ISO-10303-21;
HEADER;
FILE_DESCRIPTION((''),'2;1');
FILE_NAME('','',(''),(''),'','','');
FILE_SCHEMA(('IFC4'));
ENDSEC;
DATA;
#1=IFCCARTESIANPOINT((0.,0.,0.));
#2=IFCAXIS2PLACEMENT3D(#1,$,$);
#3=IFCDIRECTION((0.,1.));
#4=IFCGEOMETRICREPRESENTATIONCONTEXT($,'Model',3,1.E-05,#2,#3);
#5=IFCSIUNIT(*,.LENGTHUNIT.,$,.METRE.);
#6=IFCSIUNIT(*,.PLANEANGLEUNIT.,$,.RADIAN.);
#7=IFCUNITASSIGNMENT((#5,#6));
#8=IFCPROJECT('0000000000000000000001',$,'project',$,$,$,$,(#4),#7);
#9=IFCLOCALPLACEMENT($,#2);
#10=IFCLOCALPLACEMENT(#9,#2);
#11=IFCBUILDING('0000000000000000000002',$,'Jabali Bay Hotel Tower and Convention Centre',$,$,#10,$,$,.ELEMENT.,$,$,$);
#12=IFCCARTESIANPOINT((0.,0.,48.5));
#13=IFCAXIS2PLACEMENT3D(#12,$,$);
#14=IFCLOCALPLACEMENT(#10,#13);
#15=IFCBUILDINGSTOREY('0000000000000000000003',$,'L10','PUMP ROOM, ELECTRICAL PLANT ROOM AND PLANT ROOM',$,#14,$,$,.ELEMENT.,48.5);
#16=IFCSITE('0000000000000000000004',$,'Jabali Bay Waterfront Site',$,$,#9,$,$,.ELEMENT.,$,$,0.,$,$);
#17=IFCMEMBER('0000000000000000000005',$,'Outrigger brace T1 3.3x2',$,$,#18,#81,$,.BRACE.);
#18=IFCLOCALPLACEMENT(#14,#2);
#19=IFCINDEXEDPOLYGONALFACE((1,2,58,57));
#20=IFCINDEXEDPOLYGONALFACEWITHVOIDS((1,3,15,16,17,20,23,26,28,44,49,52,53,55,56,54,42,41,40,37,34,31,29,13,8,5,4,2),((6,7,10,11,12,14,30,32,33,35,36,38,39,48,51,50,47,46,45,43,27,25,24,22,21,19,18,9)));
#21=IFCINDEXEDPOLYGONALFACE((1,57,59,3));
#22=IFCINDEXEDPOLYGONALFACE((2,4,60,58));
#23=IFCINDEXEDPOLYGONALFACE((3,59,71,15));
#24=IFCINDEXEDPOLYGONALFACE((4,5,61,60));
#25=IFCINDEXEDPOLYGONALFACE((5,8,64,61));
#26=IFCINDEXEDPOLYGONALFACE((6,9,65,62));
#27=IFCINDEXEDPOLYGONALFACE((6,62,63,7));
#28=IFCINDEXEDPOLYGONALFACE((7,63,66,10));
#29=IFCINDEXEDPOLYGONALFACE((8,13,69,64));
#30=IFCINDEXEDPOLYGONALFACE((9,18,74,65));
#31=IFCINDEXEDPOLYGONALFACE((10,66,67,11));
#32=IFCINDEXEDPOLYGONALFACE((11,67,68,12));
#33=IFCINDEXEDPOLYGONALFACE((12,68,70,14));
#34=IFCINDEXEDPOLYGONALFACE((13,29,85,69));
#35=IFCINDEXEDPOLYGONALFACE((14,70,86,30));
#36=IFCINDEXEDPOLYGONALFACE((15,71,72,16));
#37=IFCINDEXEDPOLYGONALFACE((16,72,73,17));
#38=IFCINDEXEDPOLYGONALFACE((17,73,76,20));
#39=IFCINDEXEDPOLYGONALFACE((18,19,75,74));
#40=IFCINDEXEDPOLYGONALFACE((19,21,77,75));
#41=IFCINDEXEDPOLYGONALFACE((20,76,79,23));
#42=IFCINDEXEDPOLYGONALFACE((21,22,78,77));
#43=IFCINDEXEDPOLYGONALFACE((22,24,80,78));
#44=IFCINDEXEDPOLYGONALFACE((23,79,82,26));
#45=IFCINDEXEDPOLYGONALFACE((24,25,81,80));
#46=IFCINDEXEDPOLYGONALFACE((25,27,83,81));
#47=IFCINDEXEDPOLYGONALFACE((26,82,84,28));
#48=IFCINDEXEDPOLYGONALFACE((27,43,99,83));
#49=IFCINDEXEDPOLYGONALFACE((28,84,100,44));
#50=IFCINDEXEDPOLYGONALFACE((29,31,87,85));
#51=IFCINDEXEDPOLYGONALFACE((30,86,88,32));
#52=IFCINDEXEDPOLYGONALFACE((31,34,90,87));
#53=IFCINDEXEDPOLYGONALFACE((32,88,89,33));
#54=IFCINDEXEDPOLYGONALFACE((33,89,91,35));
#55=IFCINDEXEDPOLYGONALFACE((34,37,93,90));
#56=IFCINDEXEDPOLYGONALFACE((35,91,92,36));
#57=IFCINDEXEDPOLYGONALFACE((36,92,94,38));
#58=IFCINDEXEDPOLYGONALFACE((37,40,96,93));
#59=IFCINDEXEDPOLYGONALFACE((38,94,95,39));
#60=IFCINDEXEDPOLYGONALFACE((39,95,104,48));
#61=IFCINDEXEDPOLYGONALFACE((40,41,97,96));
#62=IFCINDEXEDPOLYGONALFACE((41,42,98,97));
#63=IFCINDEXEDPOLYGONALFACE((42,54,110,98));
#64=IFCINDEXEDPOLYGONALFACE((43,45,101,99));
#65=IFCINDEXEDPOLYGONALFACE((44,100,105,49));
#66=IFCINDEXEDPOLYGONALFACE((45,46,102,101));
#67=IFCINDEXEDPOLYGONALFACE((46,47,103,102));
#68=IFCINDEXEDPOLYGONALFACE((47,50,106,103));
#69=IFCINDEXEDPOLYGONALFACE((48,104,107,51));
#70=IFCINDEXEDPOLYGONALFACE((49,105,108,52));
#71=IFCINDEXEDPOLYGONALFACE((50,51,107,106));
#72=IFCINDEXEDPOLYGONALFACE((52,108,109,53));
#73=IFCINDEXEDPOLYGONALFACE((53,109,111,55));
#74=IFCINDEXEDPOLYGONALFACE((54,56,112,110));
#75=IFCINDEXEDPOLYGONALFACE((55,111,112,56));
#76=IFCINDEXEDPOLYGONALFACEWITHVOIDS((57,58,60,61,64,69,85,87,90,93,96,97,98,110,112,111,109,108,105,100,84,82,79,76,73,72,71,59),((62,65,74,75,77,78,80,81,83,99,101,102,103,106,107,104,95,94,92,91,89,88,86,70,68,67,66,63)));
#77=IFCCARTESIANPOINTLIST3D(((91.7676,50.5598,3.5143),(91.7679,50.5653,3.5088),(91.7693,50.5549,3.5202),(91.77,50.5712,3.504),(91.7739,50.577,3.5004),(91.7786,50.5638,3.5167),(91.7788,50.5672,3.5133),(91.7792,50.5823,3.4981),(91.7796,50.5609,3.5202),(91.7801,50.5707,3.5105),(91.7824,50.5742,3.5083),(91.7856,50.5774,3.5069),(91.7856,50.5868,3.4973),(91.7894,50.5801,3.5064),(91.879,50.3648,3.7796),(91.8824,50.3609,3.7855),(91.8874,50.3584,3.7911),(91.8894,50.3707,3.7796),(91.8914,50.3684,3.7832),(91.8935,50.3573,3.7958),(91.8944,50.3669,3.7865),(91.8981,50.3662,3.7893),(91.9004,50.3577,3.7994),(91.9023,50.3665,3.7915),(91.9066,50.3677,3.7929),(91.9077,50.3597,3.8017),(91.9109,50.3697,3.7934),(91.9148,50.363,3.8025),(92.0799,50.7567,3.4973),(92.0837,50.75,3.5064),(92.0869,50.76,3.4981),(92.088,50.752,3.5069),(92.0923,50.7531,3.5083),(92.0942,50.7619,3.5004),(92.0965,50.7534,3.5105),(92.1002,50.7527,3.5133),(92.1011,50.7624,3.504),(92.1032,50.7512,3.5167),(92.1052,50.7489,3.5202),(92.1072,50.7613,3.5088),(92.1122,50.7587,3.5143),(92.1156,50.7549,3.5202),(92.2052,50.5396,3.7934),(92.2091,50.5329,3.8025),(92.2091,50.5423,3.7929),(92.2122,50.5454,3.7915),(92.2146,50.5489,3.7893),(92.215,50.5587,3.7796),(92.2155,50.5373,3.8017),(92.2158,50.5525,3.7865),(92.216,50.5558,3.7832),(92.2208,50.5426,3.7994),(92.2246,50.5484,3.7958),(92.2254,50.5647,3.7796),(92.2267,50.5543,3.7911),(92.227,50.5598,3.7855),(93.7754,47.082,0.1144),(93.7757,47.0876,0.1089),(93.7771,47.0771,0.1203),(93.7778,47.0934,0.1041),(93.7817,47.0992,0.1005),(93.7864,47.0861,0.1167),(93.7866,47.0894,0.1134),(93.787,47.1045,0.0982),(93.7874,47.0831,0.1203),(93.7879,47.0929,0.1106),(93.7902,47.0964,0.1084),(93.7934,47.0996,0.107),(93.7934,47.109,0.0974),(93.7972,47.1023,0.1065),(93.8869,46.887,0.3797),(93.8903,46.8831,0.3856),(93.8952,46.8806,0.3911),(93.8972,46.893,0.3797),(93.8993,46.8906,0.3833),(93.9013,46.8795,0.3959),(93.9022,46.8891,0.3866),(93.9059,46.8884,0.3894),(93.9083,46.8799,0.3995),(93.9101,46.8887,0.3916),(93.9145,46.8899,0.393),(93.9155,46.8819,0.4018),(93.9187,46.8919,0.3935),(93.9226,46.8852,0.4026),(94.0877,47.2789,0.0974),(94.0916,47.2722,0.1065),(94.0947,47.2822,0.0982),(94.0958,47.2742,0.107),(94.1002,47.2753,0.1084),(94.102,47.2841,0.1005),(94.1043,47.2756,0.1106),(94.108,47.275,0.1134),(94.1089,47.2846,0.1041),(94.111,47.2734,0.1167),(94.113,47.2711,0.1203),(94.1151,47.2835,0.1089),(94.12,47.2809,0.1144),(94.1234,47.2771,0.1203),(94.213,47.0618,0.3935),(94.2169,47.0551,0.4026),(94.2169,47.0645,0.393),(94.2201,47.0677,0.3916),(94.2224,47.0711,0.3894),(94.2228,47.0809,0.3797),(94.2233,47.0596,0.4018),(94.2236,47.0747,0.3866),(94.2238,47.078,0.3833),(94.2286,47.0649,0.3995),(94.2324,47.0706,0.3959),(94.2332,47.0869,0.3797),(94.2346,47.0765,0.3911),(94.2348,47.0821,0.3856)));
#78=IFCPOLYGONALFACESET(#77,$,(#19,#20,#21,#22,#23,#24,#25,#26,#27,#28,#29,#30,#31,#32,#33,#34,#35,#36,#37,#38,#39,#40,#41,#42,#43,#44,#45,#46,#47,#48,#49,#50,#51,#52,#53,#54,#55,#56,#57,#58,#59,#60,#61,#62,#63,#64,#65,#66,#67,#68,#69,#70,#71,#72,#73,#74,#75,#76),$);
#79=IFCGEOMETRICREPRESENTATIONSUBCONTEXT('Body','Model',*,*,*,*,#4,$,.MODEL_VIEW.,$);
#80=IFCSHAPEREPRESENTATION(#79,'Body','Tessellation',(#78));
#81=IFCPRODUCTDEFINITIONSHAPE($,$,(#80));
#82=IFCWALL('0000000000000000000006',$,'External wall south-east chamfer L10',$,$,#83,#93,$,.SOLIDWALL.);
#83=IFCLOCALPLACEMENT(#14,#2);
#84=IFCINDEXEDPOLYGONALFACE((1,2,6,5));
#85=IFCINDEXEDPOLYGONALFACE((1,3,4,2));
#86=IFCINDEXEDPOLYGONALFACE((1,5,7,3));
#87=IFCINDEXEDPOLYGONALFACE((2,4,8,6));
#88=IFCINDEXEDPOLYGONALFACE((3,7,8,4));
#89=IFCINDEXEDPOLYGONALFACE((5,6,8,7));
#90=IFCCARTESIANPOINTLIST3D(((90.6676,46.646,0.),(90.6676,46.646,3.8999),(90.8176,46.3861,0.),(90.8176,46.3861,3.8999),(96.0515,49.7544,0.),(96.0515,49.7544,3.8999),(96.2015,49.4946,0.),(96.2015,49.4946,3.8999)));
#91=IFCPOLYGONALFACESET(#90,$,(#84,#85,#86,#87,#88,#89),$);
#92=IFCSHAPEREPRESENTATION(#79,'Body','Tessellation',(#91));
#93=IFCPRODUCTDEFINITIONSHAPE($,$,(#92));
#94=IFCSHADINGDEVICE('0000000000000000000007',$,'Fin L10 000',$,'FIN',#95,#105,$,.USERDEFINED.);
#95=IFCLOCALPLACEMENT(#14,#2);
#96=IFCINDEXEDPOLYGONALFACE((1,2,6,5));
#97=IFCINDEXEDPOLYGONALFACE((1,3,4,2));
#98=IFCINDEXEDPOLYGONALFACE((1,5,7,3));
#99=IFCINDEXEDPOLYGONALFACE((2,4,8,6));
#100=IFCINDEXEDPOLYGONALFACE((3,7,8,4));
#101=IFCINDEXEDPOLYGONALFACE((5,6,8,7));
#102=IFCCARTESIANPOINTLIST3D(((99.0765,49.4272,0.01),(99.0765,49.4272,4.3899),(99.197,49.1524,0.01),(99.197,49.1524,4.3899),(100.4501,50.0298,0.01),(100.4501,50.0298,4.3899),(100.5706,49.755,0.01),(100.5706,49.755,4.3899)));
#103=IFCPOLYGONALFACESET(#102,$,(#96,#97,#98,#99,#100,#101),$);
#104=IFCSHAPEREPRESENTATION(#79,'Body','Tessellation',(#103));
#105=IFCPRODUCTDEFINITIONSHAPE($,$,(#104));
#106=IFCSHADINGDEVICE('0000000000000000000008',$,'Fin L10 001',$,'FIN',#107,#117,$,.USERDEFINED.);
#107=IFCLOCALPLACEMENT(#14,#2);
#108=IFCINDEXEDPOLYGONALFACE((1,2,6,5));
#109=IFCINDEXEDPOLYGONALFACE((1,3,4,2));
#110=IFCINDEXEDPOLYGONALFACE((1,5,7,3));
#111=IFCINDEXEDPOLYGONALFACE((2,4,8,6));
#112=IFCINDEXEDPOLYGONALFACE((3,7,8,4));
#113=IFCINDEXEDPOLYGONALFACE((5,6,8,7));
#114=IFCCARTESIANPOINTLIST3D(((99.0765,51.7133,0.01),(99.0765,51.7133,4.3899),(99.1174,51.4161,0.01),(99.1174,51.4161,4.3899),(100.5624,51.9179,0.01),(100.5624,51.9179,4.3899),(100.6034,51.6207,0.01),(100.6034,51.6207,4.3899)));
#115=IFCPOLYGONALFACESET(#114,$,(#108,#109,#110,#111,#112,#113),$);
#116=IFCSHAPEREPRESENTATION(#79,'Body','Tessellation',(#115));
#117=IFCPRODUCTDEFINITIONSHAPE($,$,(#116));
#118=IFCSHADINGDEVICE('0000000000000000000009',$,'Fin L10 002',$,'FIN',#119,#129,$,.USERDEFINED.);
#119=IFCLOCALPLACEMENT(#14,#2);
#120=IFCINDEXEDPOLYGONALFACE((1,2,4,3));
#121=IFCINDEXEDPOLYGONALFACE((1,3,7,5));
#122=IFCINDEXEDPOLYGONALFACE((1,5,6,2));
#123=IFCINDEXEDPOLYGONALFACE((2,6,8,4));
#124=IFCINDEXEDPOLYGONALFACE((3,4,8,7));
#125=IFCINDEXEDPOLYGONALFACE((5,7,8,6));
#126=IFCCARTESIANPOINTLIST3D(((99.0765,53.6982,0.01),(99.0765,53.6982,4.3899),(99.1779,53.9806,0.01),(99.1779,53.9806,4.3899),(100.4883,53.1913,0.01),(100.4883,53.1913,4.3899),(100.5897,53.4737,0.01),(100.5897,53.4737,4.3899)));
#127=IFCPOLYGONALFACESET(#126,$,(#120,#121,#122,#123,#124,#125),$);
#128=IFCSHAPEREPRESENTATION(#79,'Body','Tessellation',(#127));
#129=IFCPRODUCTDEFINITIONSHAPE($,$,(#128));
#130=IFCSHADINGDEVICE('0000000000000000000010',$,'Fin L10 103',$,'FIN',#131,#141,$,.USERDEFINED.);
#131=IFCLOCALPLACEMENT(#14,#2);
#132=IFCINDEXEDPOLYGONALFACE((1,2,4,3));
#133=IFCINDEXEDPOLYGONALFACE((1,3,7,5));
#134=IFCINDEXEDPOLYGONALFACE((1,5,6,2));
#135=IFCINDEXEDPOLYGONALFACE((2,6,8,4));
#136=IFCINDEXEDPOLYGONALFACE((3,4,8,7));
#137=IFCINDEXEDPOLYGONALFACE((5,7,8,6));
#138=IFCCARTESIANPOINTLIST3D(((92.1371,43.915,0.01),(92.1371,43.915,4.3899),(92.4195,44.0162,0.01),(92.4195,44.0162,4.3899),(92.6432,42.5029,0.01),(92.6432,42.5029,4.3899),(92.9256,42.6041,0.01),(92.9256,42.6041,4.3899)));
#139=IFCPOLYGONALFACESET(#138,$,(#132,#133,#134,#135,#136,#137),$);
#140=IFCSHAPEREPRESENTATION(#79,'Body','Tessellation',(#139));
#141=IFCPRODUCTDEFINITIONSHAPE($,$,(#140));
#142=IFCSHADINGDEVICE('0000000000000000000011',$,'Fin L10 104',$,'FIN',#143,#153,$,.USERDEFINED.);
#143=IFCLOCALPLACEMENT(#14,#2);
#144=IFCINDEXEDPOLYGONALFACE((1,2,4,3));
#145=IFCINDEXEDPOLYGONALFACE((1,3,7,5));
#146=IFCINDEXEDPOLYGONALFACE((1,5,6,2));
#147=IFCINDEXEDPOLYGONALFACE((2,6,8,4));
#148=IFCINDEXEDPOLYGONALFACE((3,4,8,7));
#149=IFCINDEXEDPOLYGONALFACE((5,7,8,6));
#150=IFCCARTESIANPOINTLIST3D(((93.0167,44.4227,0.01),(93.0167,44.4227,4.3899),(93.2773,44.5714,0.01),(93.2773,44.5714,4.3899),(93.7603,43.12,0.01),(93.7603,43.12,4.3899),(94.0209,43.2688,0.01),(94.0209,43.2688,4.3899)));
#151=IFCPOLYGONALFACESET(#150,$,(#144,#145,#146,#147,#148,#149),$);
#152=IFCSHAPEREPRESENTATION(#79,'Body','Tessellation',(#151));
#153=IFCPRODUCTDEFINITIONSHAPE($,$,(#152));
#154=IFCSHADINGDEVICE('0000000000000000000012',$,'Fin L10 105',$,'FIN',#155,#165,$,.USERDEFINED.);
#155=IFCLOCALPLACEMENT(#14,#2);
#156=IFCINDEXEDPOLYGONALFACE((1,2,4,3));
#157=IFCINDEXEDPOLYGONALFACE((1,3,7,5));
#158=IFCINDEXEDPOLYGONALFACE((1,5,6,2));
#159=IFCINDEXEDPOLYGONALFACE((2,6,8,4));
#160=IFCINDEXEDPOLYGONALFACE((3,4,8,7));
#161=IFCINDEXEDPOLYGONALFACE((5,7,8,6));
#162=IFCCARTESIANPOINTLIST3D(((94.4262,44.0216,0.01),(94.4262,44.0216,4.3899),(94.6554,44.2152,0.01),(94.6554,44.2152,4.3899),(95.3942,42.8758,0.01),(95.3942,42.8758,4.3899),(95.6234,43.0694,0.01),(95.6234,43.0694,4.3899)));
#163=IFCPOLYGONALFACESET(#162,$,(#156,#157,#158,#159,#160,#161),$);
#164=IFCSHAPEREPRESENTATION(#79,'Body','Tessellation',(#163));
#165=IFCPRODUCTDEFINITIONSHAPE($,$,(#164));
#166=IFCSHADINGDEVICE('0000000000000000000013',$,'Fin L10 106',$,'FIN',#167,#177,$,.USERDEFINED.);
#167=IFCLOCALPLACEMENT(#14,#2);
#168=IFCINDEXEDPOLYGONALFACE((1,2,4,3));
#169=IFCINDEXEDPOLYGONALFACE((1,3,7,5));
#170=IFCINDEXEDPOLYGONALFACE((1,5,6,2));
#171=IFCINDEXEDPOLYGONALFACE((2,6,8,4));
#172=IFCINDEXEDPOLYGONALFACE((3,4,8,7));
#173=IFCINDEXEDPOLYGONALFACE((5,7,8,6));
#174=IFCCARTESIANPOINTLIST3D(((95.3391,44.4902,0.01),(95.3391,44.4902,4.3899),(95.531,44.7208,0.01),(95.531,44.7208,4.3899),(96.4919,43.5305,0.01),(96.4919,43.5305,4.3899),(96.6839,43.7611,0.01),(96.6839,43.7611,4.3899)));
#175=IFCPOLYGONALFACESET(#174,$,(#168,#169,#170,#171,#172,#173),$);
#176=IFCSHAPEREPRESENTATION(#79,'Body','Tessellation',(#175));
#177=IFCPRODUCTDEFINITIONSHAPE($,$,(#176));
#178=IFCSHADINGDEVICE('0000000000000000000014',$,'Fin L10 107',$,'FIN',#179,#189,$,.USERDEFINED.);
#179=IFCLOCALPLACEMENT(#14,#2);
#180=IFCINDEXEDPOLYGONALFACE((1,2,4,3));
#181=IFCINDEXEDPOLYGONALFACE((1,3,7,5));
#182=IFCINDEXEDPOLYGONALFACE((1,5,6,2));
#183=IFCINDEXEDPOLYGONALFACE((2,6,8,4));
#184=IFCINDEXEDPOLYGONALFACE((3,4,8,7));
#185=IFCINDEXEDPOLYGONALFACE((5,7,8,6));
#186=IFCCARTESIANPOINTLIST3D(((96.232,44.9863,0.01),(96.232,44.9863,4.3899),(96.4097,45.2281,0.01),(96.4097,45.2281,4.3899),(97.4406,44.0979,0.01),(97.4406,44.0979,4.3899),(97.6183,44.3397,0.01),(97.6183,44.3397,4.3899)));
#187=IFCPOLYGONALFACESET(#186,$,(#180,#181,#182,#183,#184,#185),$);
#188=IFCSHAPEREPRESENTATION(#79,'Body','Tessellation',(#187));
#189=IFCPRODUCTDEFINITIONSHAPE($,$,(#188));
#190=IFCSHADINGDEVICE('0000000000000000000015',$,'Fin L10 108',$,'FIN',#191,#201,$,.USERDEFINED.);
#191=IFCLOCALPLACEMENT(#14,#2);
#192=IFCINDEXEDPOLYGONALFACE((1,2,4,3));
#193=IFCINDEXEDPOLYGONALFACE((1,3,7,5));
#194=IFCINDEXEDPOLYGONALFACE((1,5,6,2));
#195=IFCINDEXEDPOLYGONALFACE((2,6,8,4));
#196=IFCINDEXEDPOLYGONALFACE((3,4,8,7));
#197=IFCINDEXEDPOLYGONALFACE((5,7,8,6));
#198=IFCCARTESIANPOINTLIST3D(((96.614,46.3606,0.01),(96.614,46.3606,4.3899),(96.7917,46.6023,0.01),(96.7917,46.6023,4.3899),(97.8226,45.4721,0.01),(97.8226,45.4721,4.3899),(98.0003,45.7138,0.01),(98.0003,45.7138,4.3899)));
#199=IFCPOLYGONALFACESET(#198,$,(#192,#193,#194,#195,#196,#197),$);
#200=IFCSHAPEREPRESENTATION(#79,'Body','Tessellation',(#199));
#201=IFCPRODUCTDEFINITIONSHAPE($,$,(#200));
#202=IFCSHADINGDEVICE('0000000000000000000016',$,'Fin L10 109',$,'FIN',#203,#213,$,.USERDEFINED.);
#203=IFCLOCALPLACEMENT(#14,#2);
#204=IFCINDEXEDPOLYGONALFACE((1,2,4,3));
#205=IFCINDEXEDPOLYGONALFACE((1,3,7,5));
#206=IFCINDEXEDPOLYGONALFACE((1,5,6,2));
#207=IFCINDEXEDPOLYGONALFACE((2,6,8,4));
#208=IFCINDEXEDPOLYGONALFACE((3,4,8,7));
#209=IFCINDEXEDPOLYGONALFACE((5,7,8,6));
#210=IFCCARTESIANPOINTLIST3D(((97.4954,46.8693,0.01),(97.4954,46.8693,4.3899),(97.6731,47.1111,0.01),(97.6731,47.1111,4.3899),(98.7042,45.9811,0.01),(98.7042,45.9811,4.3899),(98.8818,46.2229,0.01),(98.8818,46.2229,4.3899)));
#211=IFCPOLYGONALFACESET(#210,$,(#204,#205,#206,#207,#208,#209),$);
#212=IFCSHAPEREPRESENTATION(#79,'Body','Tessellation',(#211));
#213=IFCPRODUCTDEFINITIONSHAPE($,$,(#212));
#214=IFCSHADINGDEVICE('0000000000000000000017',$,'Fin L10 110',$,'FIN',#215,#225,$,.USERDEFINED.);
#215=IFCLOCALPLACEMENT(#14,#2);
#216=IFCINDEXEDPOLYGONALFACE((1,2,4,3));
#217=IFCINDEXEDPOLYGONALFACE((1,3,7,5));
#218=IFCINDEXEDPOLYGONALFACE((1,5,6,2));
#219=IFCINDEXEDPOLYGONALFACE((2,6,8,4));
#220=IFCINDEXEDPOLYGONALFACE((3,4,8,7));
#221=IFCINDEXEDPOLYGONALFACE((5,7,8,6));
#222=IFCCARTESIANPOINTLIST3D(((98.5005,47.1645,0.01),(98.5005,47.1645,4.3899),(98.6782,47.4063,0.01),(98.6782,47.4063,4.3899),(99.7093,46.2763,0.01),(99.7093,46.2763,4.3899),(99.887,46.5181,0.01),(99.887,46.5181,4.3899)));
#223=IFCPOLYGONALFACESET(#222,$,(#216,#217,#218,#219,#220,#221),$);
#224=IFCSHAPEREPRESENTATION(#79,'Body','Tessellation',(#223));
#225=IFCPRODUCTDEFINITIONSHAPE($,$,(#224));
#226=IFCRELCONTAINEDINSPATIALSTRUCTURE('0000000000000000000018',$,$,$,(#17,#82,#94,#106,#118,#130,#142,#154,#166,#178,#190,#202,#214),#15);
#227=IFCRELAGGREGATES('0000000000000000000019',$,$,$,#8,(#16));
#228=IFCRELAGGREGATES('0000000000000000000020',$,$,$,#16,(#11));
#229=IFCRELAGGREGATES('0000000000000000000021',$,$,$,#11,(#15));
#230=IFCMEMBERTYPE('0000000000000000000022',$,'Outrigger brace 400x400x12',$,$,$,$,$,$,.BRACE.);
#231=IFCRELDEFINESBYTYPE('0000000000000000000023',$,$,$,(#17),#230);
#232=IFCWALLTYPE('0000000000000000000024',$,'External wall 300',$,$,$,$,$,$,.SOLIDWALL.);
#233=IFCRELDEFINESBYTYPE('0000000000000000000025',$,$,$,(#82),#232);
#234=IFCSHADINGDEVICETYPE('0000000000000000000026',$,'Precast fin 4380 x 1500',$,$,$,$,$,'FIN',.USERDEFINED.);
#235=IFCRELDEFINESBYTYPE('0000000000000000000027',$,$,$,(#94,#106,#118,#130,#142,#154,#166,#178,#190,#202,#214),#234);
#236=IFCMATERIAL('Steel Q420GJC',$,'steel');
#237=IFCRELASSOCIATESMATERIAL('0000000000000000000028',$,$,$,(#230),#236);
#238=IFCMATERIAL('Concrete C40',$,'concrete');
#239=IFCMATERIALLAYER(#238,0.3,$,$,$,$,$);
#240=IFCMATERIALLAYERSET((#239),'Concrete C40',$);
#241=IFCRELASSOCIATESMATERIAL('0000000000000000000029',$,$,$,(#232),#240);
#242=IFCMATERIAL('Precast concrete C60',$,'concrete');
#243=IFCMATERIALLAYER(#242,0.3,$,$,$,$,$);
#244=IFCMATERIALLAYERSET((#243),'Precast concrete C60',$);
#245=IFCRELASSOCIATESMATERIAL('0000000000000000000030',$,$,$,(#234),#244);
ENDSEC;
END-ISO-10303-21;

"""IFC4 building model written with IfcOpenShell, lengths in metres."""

from ifc_helpers import new_model, si_unit, direction, frame, frame_2d, origin, origin_2d, place, context, subcontext, project, spatial, rectangle, hollow_rectangle, extrude, material, layer, layer_set, material_profile, profile_set, type_object, element, save


model = new_model("IFC4")

# Units and contexts
model_context = context("Model", 3, precision=1e-05, world=origin(), true_north=direction((0.0, 1.0)))
body_context = subcontext(model_context, "Body", "Model", "MODEL_VIEW")
ifc_project = project(units=[si_unit("LENGTHUNIT", "METRE"), si_unit("PLANEANGLEUNIT", "RADIAN")], contexts=[model_context])

# Site, building, storey
site_placement = place(None, origin())
site = spatial("IfcSite", under=ifc_project, at=site_placement, Name="Jabali Bay Waterfront Site", CompositionType="ELEMENT", RefElevation=0.0)
building_placement = place(site_placement, origin())
building = spatial("IfcBuilding", under=site, at=building_placement, Name="Jabali Bay Hotel Tower and Convention Centre", CompositionType="ELEMENT")
storey_placement = place(building_placement, frame((0.0, 0.0, 48.5)))
storey = spatial("IfcBuildingStorey", under=building, at=storey_placement, Name="L10", Description="PUMP ROOM, ELECTRICAL PLANT ROOM AND PLANT ROOM", CompositionType="ELEMENT", Elevation=48.5)

# Member
ifc_material_1 = material(Name="Steel Q420GJC", Category="steel")
ifc_material_profile_1 = material_profile(ifc_material_1, hollow_rectangle(XDim=0.3999, YDim=0.3999, WallThickness=0.012, InnerFilletRadius=0.0181, OuterFilletRadius=0.03, at=origin_2d()), Name="Outrigger brace 400x400x12")
ifc_profile_set_1 = profile_set([ifc_material_profile_1], Name="Steel Q420GJC")
member_type_1 = type_object("IfcMemberType", Name="Outrigger brace 400x400x12", PredefinedType="BRACE", material=ifc_profile_set_1)
member_1_placement = place(storey_placement, frame((94.0051, 47.082, 0.25), z_axis=(-0.381589, 0.66096, 0.646159), x_axis=(-0.866035, -0.499984, 0.0)))
element("IfcMember", 1, at=member_1_placement, inside=storey, type_object=member_type_1, Name="Outrigger brace T1 3.3x2", PredefinedType="BRACE", context=body_context, shape_type="SweptSolid", body=[
    extrude(hollow_rectangle(XDim=0.3999, YDim=0.3999, WallThickness=0.012, InnerFilletRadius=0.0181, OuterFilletRadius=0.03, at=origin_2d()), origin(), (0.0, 0.0, 1.0), 5.2617),
])

# Wall
ifc_material_2 = material(Name="Concrete C40", Category="concrete")
ifc_layer_1 = layer(ifc_material_2, 0.3)
ifc_layer_set_1 = layer_set([ifc_layer_1], Name="Concrete C40")
wall_type = type_object("IfcWallType", Name="External wall 300", PredefinedType="SOLIDWALL", material=ifc_layer_set_1)
wall_placement = place(storey_placement, frame((96.1265, 49.6245, 0.0), z_axis=(0.0, 0.0, 1.0), x_axis=(-0.866021, -0.500008, 0.0)))
element("IfcWall", 2, at=wall_placement, inside=storey, type_object=wall_type, Name="External wall south-east chamfer L10", PredefinedType="SOLIDWALL", context=body_context, shape_type="SweptSolid", body=[
    extrude(rectangle(XDim=6.2168, YDim=0.3, at=frame_2d((3.1084, 0.0))), origin(), (0.0, 0.0, 1.0), 3.8999),
])

# Shading devices
ifc_material_3 = material(Name="Precast concrete C60", Category="concrete")
ifc_layer_2 = layer(ifc_material_3, 0.3)
ifc_layer_set_2 = layer_set([ifc_layer_2], Name="Precast concrete C60")
shading_device_type = type_object("IfcShadingDeviceType", Name="Precast fin 4380 x 1500", ElementType="FIN", PredefinedType="USERDEFINED", material=ifc_layer_set_2)
for number, where, z_axis, x_axis, name in (
    (3, (99.1367, 49.2898, 0.01), (0.0, 0.0, 1.0), (0.915761, 0.401724, 0.0), "Fin L10 000"),
    (4, (99.0969, 51.5647, 0.01), (0.0, 0.0, 1.0), (0.990656, 0.136384, 0.0), "Fin L10 001"),
    (5, (99.1272, 53.8394, 0.01), (0.0, 0.0, 1.0), (0.941192, -0.337872, 0.0), "Fin L10 002"),
    (6, (92.2783, 43.9656, 0.01), (0.0, 0.0, 1.0), (0.337388, -0.941366, 0.0), "Fin L10 103"),
    (7, (93.147, 44.4971, 0.01), (0.0, 0.0, 1.0), (0.495753, -0.868463, 0.0), "Fin L10 104"),
    (8, (94.5408, 44.1184, 0.01), (0.0, 0.0, 1.0), (0.645373, -0.763868, 0.0), "Fin L10 105"),
    (9, (95.4351, 44.6055, 0.01), (0.0, 0.0, 1.0), (0.768541, -0.6398, 0.0), "Fin L10 106"),
    (10, (96.3208, 45.1072, 0.01), (0.0, 0.0, 1.0), (0.805763, -0.592238, 0.0), "Fin L10 107"),
    (11, (96.7029, 46.4814, 0.01), (0.0, 0.0, 1.0), (0.805706, -0.592316, 0.0), "Fin L10 108"),
    (12, (97.5842, 46.9902, 0.01), (0.0, 0.0, 1.0), (0.805841, -0.592133, 0.0), "Fin L10 109"),
    (13, (98.5894, 47.2854, 0.01), (0.0, 0.0, 1.0), (0.805841, -0.592133, 0.0), "Fin L10 110"),
):
    element("IfcShadingDevice", number, at=place(storey_placement, frame(where, z_axis=z_axis, x_axis=x_axis)), inside=storey, type_object=shading_device_type, Name=name, ObjectType="FIN", PredefinedType="USERDEFINED", context=body_context, shape_type="SweptSolid", body=[
        extrude(rectangle(XDim=1.5, YDim=0.3, at=frame_2d((0.75, 0.0))), origin(), (0.0, 0.0, 1.0), 4.3799),
    ])

save(model, "model.ifc")
